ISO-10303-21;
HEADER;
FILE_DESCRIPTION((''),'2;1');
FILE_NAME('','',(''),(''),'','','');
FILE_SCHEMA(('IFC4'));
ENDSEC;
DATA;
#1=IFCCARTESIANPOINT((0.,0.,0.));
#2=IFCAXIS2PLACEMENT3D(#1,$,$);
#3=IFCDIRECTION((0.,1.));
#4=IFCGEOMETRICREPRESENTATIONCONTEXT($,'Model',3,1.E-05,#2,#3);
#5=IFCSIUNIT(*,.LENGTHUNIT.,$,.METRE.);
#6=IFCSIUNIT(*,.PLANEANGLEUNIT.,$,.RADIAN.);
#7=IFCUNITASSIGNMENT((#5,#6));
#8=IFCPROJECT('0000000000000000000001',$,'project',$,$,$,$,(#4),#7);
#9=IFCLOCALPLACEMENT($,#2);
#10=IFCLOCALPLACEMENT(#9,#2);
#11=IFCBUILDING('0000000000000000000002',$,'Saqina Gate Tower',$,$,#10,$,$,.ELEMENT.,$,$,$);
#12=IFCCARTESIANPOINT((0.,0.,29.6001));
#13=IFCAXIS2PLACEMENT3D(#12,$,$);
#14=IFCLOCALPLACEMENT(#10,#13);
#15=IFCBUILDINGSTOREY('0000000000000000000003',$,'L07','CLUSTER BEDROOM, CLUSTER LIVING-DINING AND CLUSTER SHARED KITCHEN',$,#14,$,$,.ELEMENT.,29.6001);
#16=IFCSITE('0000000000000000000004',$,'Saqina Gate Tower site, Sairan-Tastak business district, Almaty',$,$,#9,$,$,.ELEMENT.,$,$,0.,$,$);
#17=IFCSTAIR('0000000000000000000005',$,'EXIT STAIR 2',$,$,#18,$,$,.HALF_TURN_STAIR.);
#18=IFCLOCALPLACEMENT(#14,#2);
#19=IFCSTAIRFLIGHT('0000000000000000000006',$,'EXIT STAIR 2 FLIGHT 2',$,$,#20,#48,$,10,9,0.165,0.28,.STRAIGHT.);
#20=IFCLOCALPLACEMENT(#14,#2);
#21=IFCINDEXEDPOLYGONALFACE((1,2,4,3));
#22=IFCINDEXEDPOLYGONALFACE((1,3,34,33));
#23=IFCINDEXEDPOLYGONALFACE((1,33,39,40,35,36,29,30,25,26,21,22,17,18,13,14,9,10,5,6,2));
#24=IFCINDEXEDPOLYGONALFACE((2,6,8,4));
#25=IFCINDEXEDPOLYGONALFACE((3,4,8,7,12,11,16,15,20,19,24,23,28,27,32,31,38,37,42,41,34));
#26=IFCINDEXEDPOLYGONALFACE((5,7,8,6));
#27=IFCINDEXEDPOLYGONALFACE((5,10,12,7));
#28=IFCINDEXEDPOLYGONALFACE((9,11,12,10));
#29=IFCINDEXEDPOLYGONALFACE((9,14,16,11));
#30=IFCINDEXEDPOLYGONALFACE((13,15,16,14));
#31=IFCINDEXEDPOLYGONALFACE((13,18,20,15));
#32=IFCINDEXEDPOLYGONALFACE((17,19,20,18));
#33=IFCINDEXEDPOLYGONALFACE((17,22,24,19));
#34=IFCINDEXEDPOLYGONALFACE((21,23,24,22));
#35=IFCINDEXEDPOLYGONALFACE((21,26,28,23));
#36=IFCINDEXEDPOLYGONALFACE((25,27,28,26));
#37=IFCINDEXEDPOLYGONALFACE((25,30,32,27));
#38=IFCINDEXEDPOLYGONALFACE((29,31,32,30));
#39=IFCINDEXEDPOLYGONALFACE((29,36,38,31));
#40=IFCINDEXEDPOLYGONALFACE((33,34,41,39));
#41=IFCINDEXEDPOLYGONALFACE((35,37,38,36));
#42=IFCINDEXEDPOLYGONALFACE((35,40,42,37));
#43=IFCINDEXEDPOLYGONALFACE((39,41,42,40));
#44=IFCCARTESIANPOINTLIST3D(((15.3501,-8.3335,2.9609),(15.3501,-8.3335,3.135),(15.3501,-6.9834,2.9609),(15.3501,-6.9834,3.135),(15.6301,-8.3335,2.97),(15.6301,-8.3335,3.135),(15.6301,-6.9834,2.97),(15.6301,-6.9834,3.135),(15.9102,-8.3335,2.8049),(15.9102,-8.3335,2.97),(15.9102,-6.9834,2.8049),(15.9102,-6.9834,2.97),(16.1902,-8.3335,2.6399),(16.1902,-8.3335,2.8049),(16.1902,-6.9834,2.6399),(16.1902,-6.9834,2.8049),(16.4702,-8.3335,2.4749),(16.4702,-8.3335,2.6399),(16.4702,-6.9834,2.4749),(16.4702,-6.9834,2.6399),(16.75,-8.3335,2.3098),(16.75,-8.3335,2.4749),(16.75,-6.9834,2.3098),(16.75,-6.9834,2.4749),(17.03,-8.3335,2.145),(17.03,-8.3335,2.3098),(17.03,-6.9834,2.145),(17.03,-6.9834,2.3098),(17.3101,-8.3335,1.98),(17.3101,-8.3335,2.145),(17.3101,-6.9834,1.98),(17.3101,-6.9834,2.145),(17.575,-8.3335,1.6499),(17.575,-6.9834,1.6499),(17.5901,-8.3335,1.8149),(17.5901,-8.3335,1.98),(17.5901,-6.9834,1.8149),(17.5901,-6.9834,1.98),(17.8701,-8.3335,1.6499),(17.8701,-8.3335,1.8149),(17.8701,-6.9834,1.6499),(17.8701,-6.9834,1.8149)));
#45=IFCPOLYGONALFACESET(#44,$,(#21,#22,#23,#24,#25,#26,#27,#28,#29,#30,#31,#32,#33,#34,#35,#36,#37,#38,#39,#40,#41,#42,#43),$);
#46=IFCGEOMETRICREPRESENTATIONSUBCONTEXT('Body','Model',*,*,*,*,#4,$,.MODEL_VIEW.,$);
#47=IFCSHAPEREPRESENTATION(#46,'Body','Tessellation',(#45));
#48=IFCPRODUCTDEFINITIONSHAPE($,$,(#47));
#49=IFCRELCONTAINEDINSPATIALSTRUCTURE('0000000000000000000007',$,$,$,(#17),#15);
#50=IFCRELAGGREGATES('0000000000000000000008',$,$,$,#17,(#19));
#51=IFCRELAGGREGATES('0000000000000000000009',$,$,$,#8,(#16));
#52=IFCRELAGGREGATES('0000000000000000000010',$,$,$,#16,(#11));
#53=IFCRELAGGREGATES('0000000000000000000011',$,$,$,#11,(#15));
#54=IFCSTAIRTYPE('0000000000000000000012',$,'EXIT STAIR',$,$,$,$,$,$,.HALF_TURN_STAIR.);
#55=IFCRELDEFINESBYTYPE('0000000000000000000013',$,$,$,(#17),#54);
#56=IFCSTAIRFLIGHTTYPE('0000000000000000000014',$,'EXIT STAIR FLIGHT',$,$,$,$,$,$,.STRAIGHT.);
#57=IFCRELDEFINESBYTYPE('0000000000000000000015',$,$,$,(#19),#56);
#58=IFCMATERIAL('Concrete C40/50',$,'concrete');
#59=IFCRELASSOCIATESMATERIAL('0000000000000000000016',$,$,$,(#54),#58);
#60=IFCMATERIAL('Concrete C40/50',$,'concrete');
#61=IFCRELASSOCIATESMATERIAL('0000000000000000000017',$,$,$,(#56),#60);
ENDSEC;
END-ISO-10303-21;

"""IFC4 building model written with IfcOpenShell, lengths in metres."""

from ifc_helpers import new_model, si_unit, direction, frame, origin, place, context, subcontext, project, spatial, polyline, outline, extrude, material, type_object, element, aggregate, save


model = new_model("IFC4")

# Units and contexts
model_context = context("Model", 3, precision=1e-05, world=origin(), true_north=direction((0.0, 1.0)))
body_context = subcontext(model_context, "Body", "Model", "MODEL_VIEW")
ifc_project = project(units=[si_unit("LENGTHUNIT", "METRE"), si_unit("PLANEANGLEUNIT", "RADIAN")], contexts=[model_context])

# Site, building, storey
site_placement = place(None, origin())
site = spatial("IfcSite", under=ifc_project, at=site_placement, Name="Saqina Gate Tower site, Sairan-Tastak business district, Almaty", CompositionType="ELEMENT", RefElevation=0.0)
building_placement = place(site_placement, origin())
building = spatial("IfcBuilding", under=site, at=building_placement, Name="Saqina Gate Tower", CompositionType="ELEMENT")
storey_placement = place(building_placement, frame((0.0, 0.0, 29.6001)))
storey = spatial("IfcBuildingStorey", under=building, at=storey_placement, Name="L07", Description="CLUSTER BEDROOM, CLUSTER LIVING-DINING AND CLUSTER SHARED KITCHEN", CompositionType="ELEMENT", Elevation=29.6001)

# Stair, stair flight
ifc_material_1 = material(Name="Concrete C40/50", Category="concrete")
stair_type = type_object("IfcStairType", Name="EXIT STAIR", PredefinedType="HALF_TURN_STAIR", material=ifc_material_1)
stair_placement = place(storey_placement, origin())
stair = element("IfcStair", 1, at=stair_placement, inside=storey, type_object=stair_type, Name="EXIT STAIR 2", PredefinedType="HALF_TURN_STAIR")
ifc_material_2 = material(Name="Concrete C40/50", Category="concrete")
stair_flight_type = type_object("IfcStairFlightType", Name="EXIT STAIR FLIGHT", PredefinedType="STRAIGHT", material=ifc_material_2)
stair_flight_1_placement = place(storey_placement, frame((17.8701, -7.6584, 1.6499), z_axis=(0.0, 0.0, 1.0), x_axis=(-1.0, 0.0, 0.0)))
stair_flight_1 = element("IfcStairFlight", 2, at=stair_flight_1_placement, type_object=stair_flight_type, Name="EXIT STAIR 2 FLIGHT 2", NumberOfRisers=10, NumberOfTreads=9, PredefinedType="STRAIGHT", RiserHeight=0.165, TreadLength=0.28, context=body_context, shape_type="SweptSolid", body=[
    extrude(outline(polyline([(0.0, 0.0), (0.0, 0.165), (0.28, 0.165), (0.28, 0.3301), (0.5601, 0.3301), (0.5601, 0.4951), (0.8401, 0.4951), (0.8401, 0.6599), (1.1201, 0.6599), (1.1201, 0.825), (1.3999, 0.825), (1.3999, 0.99), (1.6799, 0.99), (1.6799, 1.155), (1.96, 1.155), (1.96, 1.3201), (2.24, 1.3201), (2.24, 1.4851), (2.52, 1.4851), (2.52, 1.6499), (2.52, 1.311), (0.2952, 0.0), (0.0, 0.0)])), frame((0.0, 0.675, 0.0), z_axis=(0.0, -1.0, 0.0), x_axis=(1.0, 0.0, 0.0)), (0.0, 0.0, 1.0), 1.3501),
])
aggregate(stair, [stair_flight_1])

save(model, "model.ifc")
